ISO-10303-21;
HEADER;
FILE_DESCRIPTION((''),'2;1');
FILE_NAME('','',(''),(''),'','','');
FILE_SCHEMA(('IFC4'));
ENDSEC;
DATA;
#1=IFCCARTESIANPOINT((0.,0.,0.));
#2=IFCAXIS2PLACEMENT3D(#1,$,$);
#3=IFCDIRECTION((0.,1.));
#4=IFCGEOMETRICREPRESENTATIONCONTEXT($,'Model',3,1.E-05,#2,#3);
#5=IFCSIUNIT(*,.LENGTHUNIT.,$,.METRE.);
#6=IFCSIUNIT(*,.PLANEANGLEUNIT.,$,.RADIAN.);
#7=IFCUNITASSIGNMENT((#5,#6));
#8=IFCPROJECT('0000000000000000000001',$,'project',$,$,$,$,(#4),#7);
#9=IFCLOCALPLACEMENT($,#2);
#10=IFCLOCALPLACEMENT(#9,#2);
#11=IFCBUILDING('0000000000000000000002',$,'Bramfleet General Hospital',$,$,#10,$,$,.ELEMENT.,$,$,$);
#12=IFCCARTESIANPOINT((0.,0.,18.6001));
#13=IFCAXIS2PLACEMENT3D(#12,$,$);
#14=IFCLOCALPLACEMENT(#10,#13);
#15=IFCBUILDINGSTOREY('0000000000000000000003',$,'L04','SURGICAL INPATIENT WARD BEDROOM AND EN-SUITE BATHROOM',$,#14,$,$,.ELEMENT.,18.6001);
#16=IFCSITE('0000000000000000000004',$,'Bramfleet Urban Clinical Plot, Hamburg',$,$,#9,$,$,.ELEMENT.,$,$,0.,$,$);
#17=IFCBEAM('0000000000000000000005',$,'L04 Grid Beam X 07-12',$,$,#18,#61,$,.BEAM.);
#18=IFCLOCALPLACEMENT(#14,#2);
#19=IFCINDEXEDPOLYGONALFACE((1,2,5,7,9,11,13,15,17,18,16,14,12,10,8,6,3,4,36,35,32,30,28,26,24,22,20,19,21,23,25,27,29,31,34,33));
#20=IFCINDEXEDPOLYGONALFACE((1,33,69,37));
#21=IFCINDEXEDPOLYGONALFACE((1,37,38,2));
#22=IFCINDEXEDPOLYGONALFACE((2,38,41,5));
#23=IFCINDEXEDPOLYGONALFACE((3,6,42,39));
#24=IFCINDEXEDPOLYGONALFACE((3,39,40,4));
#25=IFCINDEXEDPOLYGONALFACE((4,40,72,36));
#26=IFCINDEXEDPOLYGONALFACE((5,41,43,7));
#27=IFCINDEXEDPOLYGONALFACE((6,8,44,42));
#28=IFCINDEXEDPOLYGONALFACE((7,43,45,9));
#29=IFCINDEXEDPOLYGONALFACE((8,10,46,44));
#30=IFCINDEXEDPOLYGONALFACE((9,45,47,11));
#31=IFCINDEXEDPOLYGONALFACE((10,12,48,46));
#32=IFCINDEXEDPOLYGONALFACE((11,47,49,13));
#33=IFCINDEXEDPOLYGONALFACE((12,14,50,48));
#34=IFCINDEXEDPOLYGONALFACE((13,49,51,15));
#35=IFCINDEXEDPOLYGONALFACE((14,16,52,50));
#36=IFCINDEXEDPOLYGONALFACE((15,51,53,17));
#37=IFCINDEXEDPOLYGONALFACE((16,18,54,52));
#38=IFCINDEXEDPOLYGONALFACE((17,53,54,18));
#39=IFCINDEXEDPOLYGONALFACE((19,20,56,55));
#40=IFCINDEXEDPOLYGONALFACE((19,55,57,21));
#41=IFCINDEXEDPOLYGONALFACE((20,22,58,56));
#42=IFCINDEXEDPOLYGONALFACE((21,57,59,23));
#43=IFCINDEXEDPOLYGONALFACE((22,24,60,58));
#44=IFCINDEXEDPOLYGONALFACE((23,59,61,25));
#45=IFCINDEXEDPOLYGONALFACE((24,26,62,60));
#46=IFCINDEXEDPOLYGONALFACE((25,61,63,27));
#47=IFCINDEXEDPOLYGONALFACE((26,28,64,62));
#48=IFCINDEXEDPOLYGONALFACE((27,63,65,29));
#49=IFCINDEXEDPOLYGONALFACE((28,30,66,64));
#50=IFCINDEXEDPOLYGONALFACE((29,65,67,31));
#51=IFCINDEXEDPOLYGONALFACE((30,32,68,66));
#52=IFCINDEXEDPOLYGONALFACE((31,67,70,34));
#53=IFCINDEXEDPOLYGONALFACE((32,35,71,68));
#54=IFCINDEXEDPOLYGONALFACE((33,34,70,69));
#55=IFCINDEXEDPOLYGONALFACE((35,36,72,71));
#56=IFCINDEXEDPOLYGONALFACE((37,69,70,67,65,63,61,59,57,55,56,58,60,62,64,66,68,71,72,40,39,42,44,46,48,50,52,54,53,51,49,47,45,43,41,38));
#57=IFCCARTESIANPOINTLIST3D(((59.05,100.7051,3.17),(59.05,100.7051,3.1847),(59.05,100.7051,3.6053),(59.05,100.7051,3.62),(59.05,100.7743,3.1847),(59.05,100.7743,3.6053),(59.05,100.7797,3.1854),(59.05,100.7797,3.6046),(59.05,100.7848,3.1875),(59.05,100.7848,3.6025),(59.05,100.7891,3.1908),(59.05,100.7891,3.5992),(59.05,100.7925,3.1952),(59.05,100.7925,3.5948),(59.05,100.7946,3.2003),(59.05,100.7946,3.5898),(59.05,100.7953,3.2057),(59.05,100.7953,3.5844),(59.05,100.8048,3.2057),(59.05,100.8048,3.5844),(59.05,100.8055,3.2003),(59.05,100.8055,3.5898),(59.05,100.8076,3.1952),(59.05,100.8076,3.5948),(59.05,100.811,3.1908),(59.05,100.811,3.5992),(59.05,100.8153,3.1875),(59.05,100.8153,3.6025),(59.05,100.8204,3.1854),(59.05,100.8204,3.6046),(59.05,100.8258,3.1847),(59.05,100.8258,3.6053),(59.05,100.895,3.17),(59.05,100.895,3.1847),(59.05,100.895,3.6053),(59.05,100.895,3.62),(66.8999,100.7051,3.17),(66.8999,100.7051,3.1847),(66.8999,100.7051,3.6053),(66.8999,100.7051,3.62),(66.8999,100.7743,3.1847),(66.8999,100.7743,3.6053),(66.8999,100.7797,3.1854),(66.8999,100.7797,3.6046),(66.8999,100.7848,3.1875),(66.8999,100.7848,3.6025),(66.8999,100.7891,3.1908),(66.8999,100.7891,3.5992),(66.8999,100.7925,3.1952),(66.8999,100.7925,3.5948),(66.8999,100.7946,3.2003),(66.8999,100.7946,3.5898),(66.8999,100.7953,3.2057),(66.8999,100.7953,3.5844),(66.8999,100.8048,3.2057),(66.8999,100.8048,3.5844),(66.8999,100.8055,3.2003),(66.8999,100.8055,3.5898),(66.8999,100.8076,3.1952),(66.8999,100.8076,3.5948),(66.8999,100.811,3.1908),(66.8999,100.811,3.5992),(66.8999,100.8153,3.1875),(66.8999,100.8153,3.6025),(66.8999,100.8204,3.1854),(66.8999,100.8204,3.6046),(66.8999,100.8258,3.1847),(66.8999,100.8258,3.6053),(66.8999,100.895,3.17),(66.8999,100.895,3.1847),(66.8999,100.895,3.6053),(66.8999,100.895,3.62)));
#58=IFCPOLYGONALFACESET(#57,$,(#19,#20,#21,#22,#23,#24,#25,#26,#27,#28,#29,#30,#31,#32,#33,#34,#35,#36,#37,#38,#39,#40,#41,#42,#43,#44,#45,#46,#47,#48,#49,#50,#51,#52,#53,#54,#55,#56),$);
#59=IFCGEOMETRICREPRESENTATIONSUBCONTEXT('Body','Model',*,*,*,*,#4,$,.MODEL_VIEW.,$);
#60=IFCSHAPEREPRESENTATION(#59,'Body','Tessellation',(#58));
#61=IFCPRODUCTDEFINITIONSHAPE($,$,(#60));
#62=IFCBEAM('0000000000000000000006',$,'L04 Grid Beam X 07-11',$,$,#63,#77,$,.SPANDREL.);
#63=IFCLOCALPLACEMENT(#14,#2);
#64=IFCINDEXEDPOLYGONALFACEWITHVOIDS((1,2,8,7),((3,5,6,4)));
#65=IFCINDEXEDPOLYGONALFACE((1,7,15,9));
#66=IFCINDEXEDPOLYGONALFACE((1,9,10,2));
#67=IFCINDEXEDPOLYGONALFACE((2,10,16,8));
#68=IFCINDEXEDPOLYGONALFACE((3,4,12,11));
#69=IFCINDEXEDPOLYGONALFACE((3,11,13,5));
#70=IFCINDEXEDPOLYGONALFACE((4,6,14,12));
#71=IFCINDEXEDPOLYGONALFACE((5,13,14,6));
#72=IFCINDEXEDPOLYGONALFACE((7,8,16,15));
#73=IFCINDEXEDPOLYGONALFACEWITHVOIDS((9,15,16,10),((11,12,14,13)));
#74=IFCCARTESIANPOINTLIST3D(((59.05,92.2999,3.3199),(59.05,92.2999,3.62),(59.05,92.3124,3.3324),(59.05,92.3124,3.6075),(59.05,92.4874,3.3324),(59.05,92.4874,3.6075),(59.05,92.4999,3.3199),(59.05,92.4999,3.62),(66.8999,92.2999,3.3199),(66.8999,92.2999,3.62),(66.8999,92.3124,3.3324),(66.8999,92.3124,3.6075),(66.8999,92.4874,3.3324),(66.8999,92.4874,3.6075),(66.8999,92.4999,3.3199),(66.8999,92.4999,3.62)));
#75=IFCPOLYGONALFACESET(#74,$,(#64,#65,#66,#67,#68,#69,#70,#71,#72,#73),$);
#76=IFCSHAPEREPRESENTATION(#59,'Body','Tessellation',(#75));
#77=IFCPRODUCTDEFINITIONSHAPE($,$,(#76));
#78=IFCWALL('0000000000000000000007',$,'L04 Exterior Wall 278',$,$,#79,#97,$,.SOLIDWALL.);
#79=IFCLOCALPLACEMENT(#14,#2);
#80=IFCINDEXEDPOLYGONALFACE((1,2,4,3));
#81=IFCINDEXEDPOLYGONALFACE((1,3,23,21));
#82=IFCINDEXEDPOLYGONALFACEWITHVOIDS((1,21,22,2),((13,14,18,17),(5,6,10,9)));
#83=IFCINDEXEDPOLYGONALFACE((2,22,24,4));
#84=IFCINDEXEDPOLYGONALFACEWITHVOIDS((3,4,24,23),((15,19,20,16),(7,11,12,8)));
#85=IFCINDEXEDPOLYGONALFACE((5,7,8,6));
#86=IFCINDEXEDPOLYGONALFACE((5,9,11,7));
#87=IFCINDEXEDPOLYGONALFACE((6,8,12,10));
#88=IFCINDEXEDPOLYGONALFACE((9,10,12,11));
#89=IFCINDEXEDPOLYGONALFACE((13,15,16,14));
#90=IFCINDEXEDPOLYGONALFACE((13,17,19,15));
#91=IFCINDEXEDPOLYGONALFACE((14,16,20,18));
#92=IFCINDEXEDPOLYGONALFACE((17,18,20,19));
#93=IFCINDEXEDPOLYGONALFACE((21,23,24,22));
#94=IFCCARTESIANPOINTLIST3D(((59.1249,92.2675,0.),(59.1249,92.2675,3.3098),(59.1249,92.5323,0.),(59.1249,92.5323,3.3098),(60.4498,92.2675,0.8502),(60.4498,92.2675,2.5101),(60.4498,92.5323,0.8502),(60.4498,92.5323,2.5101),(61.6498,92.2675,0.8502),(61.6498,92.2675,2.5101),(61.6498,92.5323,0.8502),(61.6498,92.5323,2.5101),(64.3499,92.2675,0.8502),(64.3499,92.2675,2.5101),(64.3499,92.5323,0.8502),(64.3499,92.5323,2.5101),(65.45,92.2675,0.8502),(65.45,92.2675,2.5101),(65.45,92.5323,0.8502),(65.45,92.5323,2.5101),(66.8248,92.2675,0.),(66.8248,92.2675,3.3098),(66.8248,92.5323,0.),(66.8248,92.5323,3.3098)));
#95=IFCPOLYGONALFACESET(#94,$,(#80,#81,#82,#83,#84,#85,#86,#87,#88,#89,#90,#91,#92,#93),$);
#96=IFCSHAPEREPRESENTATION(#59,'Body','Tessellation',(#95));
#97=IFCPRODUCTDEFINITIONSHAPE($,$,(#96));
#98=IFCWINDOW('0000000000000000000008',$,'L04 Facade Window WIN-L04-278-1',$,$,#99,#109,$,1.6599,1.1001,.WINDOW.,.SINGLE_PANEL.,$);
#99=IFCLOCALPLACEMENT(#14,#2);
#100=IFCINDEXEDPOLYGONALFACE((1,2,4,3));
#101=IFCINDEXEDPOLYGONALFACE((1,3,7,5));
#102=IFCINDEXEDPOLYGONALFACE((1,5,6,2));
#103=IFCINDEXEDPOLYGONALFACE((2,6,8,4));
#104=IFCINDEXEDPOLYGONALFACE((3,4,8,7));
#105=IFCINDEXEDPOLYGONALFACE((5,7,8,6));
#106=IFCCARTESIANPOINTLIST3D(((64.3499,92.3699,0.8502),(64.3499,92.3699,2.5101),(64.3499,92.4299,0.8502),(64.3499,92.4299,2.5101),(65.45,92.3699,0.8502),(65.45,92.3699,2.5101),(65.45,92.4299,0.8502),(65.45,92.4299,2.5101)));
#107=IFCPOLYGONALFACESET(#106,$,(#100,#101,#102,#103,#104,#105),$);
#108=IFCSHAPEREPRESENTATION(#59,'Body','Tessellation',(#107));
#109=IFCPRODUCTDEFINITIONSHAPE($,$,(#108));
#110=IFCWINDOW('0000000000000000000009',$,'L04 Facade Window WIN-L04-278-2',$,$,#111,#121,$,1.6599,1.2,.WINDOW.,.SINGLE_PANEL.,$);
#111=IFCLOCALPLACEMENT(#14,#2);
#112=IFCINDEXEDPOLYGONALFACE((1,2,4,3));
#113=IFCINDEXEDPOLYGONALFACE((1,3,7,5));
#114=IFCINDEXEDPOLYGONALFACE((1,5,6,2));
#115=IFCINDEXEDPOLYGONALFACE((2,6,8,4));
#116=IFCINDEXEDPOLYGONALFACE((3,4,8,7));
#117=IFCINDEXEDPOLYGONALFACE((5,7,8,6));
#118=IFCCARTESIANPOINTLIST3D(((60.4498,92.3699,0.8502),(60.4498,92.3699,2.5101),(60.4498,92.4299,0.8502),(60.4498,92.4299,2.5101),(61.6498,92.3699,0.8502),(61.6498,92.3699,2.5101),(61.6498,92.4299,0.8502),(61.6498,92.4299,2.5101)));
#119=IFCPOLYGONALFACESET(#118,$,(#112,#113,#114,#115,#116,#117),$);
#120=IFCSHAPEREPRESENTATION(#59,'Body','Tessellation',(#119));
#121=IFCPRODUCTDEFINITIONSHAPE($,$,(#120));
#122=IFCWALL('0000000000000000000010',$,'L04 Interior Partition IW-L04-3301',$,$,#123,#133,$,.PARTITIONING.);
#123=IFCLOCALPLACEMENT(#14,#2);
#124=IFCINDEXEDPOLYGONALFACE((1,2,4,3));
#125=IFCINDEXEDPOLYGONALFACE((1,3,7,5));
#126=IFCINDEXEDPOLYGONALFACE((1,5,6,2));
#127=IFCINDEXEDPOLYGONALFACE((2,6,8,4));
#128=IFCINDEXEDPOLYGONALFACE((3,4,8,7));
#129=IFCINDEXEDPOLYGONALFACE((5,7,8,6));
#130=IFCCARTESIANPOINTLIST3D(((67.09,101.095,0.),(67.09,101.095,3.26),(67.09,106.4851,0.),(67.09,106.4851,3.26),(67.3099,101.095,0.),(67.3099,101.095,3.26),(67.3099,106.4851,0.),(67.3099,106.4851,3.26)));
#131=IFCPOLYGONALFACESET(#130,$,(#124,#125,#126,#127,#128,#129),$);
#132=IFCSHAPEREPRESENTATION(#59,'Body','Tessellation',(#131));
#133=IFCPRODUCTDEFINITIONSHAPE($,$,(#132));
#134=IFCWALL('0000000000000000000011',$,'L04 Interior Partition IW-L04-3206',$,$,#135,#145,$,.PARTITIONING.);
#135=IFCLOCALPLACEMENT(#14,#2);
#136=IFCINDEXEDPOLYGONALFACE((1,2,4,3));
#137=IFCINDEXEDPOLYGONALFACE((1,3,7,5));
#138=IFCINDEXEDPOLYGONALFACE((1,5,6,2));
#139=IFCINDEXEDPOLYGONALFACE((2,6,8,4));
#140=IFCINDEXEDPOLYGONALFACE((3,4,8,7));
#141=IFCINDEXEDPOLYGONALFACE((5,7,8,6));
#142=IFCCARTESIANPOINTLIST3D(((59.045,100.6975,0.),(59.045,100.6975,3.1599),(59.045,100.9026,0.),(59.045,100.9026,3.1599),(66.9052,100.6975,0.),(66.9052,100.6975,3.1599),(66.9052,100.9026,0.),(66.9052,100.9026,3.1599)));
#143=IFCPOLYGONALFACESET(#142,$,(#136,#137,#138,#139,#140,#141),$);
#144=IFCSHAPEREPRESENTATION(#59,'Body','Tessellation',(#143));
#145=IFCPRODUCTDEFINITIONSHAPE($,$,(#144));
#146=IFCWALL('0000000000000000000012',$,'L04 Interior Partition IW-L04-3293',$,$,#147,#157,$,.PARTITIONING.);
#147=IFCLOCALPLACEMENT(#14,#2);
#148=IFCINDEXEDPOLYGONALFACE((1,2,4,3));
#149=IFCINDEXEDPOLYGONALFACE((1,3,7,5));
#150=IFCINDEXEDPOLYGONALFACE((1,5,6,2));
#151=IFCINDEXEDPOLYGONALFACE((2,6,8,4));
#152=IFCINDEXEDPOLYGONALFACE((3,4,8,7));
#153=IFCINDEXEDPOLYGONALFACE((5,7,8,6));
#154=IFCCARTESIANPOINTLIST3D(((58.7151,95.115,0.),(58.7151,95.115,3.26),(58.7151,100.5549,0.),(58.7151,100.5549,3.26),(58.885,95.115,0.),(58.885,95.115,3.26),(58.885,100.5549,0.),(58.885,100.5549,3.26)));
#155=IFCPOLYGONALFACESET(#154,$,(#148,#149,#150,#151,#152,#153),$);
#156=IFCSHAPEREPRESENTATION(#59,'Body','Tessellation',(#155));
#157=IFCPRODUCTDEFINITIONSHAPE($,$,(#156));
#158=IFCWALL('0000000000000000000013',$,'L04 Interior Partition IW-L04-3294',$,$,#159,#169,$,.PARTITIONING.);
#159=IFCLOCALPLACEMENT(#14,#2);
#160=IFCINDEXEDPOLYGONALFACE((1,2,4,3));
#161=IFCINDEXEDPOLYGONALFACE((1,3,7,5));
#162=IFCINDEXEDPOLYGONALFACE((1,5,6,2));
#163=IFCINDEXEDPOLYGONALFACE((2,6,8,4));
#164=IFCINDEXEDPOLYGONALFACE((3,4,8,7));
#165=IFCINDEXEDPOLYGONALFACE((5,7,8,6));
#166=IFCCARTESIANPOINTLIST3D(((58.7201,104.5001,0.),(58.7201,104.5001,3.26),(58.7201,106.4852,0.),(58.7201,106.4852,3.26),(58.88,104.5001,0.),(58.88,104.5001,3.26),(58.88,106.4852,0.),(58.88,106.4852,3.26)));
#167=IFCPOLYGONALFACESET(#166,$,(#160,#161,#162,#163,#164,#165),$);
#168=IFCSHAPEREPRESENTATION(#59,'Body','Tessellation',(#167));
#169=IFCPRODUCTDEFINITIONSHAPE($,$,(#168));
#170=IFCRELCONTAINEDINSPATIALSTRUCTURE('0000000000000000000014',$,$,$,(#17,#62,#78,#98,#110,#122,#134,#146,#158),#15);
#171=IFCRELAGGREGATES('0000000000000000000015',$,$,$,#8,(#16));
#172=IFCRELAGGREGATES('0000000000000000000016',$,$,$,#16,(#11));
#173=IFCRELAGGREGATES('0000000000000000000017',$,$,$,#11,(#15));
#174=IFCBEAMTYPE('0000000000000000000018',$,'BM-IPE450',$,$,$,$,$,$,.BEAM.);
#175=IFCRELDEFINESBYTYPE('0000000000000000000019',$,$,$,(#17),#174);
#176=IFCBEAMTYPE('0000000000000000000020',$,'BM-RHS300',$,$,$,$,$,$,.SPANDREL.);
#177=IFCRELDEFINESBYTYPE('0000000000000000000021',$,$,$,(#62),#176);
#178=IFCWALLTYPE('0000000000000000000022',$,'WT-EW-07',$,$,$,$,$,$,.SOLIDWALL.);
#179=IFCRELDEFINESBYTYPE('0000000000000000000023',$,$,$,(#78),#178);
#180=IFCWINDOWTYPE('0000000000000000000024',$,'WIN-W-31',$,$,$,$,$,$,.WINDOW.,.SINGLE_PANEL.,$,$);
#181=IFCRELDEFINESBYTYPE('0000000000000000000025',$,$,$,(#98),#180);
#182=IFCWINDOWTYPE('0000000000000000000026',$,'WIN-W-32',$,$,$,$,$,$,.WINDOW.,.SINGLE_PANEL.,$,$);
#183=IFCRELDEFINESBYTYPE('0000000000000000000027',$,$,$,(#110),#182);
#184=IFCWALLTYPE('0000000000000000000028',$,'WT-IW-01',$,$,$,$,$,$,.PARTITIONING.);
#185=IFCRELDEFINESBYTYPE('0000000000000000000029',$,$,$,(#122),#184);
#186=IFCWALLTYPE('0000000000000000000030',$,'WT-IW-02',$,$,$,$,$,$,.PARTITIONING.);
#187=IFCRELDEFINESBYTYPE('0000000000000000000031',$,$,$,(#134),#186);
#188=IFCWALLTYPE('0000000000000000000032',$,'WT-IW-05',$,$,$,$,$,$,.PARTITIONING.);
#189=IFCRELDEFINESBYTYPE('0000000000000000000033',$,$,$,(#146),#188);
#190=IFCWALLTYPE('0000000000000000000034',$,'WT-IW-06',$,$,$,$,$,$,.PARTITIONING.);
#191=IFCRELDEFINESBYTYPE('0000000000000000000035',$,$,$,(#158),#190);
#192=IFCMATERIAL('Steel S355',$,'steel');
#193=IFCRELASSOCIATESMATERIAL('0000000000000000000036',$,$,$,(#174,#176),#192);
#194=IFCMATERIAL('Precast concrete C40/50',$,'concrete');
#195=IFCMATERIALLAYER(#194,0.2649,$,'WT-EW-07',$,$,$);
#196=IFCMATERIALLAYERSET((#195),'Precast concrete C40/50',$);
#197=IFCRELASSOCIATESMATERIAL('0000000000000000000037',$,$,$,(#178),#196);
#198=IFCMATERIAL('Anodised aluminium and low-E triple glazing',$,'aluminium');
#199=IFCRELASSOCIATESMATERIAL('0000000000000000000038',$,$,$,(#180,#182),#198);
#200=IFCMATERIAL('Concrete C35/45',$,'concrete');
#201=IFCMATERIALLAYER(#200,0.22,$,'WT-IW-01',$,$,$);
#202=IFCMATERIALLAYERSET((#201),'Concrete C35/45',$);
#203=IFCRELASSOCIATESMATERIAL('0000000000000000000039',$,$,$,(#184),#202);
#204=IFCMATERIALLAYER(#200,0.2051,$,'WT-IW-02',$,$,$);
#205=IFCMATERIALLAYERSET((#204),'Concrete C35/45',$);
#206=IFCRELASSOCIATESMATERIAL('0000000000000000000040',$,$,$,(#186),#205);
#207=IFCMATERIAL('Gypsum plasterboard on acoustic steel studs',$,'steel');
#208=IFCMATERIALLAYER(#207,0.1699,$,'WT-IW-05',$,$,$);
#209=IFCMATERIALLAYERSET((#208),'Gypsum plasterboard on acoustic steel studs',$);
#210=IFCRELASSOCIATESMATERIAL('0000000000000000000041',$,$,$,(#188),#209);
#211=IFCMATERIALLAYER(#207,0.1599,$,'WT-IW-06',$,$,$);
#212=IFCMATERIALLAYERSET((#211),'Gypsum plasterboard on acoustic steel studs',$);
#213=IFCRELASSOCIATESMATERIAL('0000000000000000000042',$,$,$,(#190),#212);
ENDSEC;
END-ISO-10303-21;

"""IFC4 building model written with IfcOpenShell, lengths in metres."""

from ifc_helpers import new_model, si_unit, direction, frame, frame_2d, origin, origin_2d, place, context, subcontext, project, spatial, rectangle, hollow_rectangle, i_section, extrude, material, layer, layer_set, material_profile, profile_set, type_object, element, fill, save


model = new_model("IFC4")

# Units and contexts
model_context = context("Model", 3, precision=1e-05, world=origin(), true_north=direction((0.0, 1.0)))
body_context = subcontext(model_context, "Body", "Model", "MODEL_VIEW")
ifc_project = project(units=[si_unit("LENGTHUNIT", "METRE"), si_unit("PLANEANGLEUNIT", "RADIAN")], contexts=[model_context])

# Site, building, storey
site_placement = place(None, origin())
site = spatial("IfcSite", under=ifc_project, at=site_placement, Name="Bramfleet Urban Clinical Plot, Hamburg", CompositionType="ELEMENT", RefElevation=0.0)
building_placement = place(site_placement, origin())
building = spatial("IfcBuilding", under=site, at=building_placement, Name="Bramfleet General Hospital", CompositionType="ELEMENT")
storey_placement = place(building_placement, frame((0.0, 0.0, 18.6001)))
storey = spatial("IfcBuildingStorey", under=building, at=storey_placement, Name="L04", Description="SURGICAL INPATIENT WARD BEDROOM AND EN-SUITE BATHROOM", CompositionType="ELEMENT", Elevation=18.6001)

# Beams
ifc_material_1 = material(Name="Steel S355", Category="steel")
ifc_material_profile_1 = material_profile(ifc_material_1, i_section(OverallWidth=0.1899, OverallDepth=0.45, WebThickness=0.0095, FlangeThickness=0.0146, FilletRadius=0.021, at=origin_2d()), Name="IPE 450")
ifc_profile_set_1 = profile_set([ifc_material_profile_1], Name="Steel S355")
beam_type_1 = type_object("IfcBeamType", Name="BM-IPE450", PredefinedType="BEAM", material=ifc_profile_set_1)
beam_1_placement = place(storey_placement, frame((59.05, 100.8, 3.395), z_axis=(1.0, 0.0, 0.0), x_axis=(0.0, 1.0, 0.0)))
element("IfcBeam", 1, at=beam_1_placement, inside=storey, type_object=beam_type_1, Name="L04 Grid Beam X 07-12", PredefinedType="BEAM", context=body_context, shape_type="SweptSolid", body=[
    extrude(i_section(OverallWidth=0.1899, OverallDepth=0.45, WebThickness=0.0095, FlangeThickness=0.0146, FilletRadius=0.021, at=origin_2d()), origin(), (0.0, 0.0, 1.0), 7.8499),
])
ifc_material_profile_2 = material_profile(ifc_material_1, hollow_rectangle(XDim=0.2, YDim=0.3, WallThickness=0.0125, at=origin_2d()), Name="RHS 300x200x12.5")
ifc_profile_set_2 = profile_set([ifc_material_profile_2], Name="Steel S355")
beam_type_2 = type_object("IfcBeamType", Name="BM-RHS300", PredefinedType="SPANDREL", material=ifc_profile_set_2)
beam_2_placement = place(storey_placement, frame((59.05, 92.3999, 3.47), z_axis=(1.0, 0.0, 0.0), x_axis=(0.0, 1.0, 0.0)))
element("IfcBeam", 2, at=beam_2_placement, inside=storey, type_object=beam_type_2, Name="L04 Grid Beam X 07-11", PredefinedType="SPANDREL", context=body_context, shape_type="SweptSolid", body=[
    extrude(hollow_rectangle(XDim=0.2, YDim=0.3, WallThickness=0.0125, at=origin_2d()), origin(), (0.0, 0.0, 1.0), 7.8499),
])

# Wall, openings, windows
ifc_material_2 = material(Name="Precast concrete C40/50", Category="concrete")
ifc_layer_1 = layer(ifc_material_2, 0.2649, Name="WT-EW-07")
ifc_layer_set_1 = layer_set([ifc_layer_1], Name="Precast concrete C40/50")
wall_type_1 = type_object("IfcWallType", Name="WT-EW-07", PredefinedType="SOLIDWALL", material=ifc_layer_set_1)
wall_1_placement = place(storey_placement, frame((66.825, 92.3999, 0.0), z_axis=(0.0, 0.0, 1.0), x_axis=(-1.0, 0.0, 0.0)))
wall_1 = element("IfcWall", 3, at=wall_1_placement, inside=storey, type_object=wall_type_1, Name="L04 Exterior Wall 278", PredefinedType="SOLIDWALL", context=body_context, shape_type="SweptSolid", body=[
    extrude(rectangle(XDim=7.7, YDim=0.2649, at=frame_2d((3.8501, 0.0))), origin(), (0.0, 0.0, 1.0), 3.3098),
])
opening_1_placement = place(wall_1_placement, frame((1.375, 0.0, 0.8501)))
opening_1 = element("IfcOpeningElement", 4, at=opening_1_placement, cuts=wall_1, PredefinedType="OPENING", context=body_context, shape_type="SweptSolid", body=[
    extrude(rectangle(XDim=1.1001, YDim=1.6599, at=frame_2d((0.55, 0.8301))), frame((0.0, 0.1423, 0.0), z_axis=(0.0, -1.0, 0.0), x_axis=(1.0, 0.0, 0.0)), (0.0, 0.0, 1.0), 0.2849),
])
opening_2_placement = place(wall_1_placement, frame((5.175, 0.0, 0.8501)))
opening_2 = element("IfcOpeningElement", 5, at=opening_2_placement, cuts=wall_1, PredefinedType="OPENING", context=body_context, shape_type="SweptSolid", body=[
    extrude(rectangle(XDim=1.2, YDim=1.6599, at=frame_2d((0.6001, 0.8301))), frame((0.0, 0.1423, 0.0), z_axis=(0.0, -1.0, 0.0), x_axis=(1.0, 0.0, 0.0)), (0.0, 0.0, 1.0), 0.2849),
])
ifc_material_3 = material(Name="Anodised aluminium and low-E triple glazing", Category="aluminium")
window_type_1 = type_object("IfcWindowType", Name="WIN-W-31", PartitioningType="SINGLE_PANEL", PredefinedType="WINDOW", material=ifc_material_3)
window_1_placement = place(opening_1_placement, origin())
window_1 = element("IfcWindow", 6, at=window_1_placement, inside=storey, type_object=window_type_1, Name="L04 Facade Window WIN-L04-278-1", OverallHeight=1.6599, OverallWidth=1.1001, PartitioningType="SINGLE_PANEL", PredefinedType="WINDOW", context=body_context, shape_type="SweptSolid", body=[
    extrude(rectangle(XDim=1.1001, YDim=1.6599, at=frame_2d((0.55, 0.8301))), frame((0.0, 0.03, 0.0), z_axis=(0.0, -1.0, 0.0), x_axis=(1.0, 0.0, 0.0)), (0.0, 0.0, 1.0), 0.0601),
])
fill(opening_1, window_1)
window_type_2 = type_object("IfcWindowType", Name="WIN-W-32", PartitioningType="SINGLE_PANEL", PredefinedType="WINDOW", material=ifc_material_3)
window_2_placement = place(opening_2_placement, origin())
window_2 = element("IfcWindow", 7, at=window_2_placement, inside=storey, type_object=window_type_2, Name="L04 Facade Window WIN-L04-278-2", OverallHeight=1.6599, OverallWidth=1.2, PartitioningType="SINGLE_PANEL", PredefinedType="WINDOW", context=body_context, shape_type="SweptSolid", body=[
    extrude(rectangle(XDim=1.2, YDim=1.6599, at=frame_2d((0.6001, 0.8301))), frame((0.0, 0.03, 0.0), z_axis=(0.0, -1.0, 0.0), x_axis=(1.0, 0.0, 0.0)), (0.0, 0.0, 1.0), 0.0601),
])
fill(opening_2, window_2)

# Walls
ifc_material_4 = material(Name="Concrete C35/45", Category="concrete")
ifc_layer_2 = layer(ifc_material_4, 0.22, Name="WT-IW-01")
ifc_layer_set_2 = layer_set([ifc_layer_2], Name="Concrete C35/45")
wall_type_2 = type_object("IfcWallType", Name="WT-IW-01", PredefinedType="PARTITIONING", material=ifc_layer_set_2)
wall_2_placement = place(storey_placement, frame((67.2, 101.095, 0.0), z_axis=(0.0, 0.0, 1.0), x_axis=(0.0, 1.0, 0.0)))
element("IfcWall", 8, at=wall_2_placement, inside=storey, type_object=wall_type_2, Name="L04 Interior Partition IW-L04-3301", PredefinedType="PARTITIONING", context=body_context, shape_type="SweptSolid", body=[
    extrude(rectangle(XDim=5.3901, YDim=0.22, at=frame_2d((2.6951, 0.0))), origin(), (0.0, 0.0, 1.0), 3.26),
])
ifc_layer_3 = layer(ifc_material_4, 0.2051, Name="WT-IW-02")
ifc_layer_set_3 = layer_set([ifc_layer_3], Name="Concrete C35/45")
wall_type_3 = type_object("IfcWallType", Name="WT-IW-02", PredefinedType="PARTITIONING", material=ifc_layer_set_3)
wall_3_placement = place(storey_placement, frame((59.0449, 100.8, 0.0), z_axis=(0.0, 0.0, 1.0), x_axis=(1.0, 0.0, 0.0)))
element("IfcWall", 9, at=wall_3_placement, inside=storey, type_object=wall_type_3, Name="L04 Interior Partition IW-L04-3206", PredefinedType="PARTITIONING", context=body_context, shape_type="SweptSolid", body=[
    extrude(rectangle(XDim=7.8601, YDim=0.2051, at=frame_2d((3.9302, 0.0))), origin(), (0.0, 0.0, 1.0), 3.1599),
])

# Shared definitions
ifc_material_5 = material(Name="Gypsum plasterboard on acoustic steel studs", Category="steel")
ifc_layer_4 = layer(ifc_material_5, 0.1699, Name="WT-IW-05")
ifc_layer_set_4 = layer_set([ifc_layer_4], Name="Gypsum plasterboard on acoustic steel studs")
wall_type_4 = type_object("IfcWallType", Name="WT-IW-05", PredefinedType="PARTITIONING", material=ifc_layer_set_4)

# Walls
wall_4_placement = place(storey_placement, frame((58.8, 95.115, 0.0), z_axis=(0.0, 0.0, 1.0), x_axis=(0.0, 1.0, 0.0)))
element("IfcWall", 10, at=wall_4_placement, inside=storey, type_object=wall_type_4, Name="L04 Interior Partition IW-L04-3293", PredefinedType="PARTITIONING", context=body_context, shape_type="SweptSolid", body=[
    extrude(rectangle(XDim=5.4399, YDim=0.1699, at=frame_2d((2.72, 0.0))), origin(), (0.0, 0.0, 1.0), 3.26),
])
ifc_layer_5 = layer(ifc_material_5, 0.1599, Name="WT-IW-06")
ifc_layer_set_5 = layer_set([ifc_layer_5], Name="Gypsum plasterboard on acoustic steel studs")
wall_type_5 = type_object("IfcWallType", Name="WT-IW-06", PredefinedType="PARTITIONING", material=ifc_layer_set_5)
wall_5_placement = place(storey_placement, frame((58.8, 104.5, 0.0), z_axis=(0.0, 0.0, 1.0), x_axis=(0.0, 1.0, 0.0)))
element("IfcWall", 11, at=wall_5_placement, inside=storey, type_object=wall_type_5, Name="L04 Interior Partition IW-L04-3294", PredefinedType="PARTITIONING", context=body_context, shape_type="SweptSolid", body=[
    extrude(rectangle(XDim=1.9851, YDim=0.1599, at=frame_2d((0.9927, 0.0))), origin(), (0.0, 0.0, 1.0), 3.26),
])

save(model, "model.ifc")
